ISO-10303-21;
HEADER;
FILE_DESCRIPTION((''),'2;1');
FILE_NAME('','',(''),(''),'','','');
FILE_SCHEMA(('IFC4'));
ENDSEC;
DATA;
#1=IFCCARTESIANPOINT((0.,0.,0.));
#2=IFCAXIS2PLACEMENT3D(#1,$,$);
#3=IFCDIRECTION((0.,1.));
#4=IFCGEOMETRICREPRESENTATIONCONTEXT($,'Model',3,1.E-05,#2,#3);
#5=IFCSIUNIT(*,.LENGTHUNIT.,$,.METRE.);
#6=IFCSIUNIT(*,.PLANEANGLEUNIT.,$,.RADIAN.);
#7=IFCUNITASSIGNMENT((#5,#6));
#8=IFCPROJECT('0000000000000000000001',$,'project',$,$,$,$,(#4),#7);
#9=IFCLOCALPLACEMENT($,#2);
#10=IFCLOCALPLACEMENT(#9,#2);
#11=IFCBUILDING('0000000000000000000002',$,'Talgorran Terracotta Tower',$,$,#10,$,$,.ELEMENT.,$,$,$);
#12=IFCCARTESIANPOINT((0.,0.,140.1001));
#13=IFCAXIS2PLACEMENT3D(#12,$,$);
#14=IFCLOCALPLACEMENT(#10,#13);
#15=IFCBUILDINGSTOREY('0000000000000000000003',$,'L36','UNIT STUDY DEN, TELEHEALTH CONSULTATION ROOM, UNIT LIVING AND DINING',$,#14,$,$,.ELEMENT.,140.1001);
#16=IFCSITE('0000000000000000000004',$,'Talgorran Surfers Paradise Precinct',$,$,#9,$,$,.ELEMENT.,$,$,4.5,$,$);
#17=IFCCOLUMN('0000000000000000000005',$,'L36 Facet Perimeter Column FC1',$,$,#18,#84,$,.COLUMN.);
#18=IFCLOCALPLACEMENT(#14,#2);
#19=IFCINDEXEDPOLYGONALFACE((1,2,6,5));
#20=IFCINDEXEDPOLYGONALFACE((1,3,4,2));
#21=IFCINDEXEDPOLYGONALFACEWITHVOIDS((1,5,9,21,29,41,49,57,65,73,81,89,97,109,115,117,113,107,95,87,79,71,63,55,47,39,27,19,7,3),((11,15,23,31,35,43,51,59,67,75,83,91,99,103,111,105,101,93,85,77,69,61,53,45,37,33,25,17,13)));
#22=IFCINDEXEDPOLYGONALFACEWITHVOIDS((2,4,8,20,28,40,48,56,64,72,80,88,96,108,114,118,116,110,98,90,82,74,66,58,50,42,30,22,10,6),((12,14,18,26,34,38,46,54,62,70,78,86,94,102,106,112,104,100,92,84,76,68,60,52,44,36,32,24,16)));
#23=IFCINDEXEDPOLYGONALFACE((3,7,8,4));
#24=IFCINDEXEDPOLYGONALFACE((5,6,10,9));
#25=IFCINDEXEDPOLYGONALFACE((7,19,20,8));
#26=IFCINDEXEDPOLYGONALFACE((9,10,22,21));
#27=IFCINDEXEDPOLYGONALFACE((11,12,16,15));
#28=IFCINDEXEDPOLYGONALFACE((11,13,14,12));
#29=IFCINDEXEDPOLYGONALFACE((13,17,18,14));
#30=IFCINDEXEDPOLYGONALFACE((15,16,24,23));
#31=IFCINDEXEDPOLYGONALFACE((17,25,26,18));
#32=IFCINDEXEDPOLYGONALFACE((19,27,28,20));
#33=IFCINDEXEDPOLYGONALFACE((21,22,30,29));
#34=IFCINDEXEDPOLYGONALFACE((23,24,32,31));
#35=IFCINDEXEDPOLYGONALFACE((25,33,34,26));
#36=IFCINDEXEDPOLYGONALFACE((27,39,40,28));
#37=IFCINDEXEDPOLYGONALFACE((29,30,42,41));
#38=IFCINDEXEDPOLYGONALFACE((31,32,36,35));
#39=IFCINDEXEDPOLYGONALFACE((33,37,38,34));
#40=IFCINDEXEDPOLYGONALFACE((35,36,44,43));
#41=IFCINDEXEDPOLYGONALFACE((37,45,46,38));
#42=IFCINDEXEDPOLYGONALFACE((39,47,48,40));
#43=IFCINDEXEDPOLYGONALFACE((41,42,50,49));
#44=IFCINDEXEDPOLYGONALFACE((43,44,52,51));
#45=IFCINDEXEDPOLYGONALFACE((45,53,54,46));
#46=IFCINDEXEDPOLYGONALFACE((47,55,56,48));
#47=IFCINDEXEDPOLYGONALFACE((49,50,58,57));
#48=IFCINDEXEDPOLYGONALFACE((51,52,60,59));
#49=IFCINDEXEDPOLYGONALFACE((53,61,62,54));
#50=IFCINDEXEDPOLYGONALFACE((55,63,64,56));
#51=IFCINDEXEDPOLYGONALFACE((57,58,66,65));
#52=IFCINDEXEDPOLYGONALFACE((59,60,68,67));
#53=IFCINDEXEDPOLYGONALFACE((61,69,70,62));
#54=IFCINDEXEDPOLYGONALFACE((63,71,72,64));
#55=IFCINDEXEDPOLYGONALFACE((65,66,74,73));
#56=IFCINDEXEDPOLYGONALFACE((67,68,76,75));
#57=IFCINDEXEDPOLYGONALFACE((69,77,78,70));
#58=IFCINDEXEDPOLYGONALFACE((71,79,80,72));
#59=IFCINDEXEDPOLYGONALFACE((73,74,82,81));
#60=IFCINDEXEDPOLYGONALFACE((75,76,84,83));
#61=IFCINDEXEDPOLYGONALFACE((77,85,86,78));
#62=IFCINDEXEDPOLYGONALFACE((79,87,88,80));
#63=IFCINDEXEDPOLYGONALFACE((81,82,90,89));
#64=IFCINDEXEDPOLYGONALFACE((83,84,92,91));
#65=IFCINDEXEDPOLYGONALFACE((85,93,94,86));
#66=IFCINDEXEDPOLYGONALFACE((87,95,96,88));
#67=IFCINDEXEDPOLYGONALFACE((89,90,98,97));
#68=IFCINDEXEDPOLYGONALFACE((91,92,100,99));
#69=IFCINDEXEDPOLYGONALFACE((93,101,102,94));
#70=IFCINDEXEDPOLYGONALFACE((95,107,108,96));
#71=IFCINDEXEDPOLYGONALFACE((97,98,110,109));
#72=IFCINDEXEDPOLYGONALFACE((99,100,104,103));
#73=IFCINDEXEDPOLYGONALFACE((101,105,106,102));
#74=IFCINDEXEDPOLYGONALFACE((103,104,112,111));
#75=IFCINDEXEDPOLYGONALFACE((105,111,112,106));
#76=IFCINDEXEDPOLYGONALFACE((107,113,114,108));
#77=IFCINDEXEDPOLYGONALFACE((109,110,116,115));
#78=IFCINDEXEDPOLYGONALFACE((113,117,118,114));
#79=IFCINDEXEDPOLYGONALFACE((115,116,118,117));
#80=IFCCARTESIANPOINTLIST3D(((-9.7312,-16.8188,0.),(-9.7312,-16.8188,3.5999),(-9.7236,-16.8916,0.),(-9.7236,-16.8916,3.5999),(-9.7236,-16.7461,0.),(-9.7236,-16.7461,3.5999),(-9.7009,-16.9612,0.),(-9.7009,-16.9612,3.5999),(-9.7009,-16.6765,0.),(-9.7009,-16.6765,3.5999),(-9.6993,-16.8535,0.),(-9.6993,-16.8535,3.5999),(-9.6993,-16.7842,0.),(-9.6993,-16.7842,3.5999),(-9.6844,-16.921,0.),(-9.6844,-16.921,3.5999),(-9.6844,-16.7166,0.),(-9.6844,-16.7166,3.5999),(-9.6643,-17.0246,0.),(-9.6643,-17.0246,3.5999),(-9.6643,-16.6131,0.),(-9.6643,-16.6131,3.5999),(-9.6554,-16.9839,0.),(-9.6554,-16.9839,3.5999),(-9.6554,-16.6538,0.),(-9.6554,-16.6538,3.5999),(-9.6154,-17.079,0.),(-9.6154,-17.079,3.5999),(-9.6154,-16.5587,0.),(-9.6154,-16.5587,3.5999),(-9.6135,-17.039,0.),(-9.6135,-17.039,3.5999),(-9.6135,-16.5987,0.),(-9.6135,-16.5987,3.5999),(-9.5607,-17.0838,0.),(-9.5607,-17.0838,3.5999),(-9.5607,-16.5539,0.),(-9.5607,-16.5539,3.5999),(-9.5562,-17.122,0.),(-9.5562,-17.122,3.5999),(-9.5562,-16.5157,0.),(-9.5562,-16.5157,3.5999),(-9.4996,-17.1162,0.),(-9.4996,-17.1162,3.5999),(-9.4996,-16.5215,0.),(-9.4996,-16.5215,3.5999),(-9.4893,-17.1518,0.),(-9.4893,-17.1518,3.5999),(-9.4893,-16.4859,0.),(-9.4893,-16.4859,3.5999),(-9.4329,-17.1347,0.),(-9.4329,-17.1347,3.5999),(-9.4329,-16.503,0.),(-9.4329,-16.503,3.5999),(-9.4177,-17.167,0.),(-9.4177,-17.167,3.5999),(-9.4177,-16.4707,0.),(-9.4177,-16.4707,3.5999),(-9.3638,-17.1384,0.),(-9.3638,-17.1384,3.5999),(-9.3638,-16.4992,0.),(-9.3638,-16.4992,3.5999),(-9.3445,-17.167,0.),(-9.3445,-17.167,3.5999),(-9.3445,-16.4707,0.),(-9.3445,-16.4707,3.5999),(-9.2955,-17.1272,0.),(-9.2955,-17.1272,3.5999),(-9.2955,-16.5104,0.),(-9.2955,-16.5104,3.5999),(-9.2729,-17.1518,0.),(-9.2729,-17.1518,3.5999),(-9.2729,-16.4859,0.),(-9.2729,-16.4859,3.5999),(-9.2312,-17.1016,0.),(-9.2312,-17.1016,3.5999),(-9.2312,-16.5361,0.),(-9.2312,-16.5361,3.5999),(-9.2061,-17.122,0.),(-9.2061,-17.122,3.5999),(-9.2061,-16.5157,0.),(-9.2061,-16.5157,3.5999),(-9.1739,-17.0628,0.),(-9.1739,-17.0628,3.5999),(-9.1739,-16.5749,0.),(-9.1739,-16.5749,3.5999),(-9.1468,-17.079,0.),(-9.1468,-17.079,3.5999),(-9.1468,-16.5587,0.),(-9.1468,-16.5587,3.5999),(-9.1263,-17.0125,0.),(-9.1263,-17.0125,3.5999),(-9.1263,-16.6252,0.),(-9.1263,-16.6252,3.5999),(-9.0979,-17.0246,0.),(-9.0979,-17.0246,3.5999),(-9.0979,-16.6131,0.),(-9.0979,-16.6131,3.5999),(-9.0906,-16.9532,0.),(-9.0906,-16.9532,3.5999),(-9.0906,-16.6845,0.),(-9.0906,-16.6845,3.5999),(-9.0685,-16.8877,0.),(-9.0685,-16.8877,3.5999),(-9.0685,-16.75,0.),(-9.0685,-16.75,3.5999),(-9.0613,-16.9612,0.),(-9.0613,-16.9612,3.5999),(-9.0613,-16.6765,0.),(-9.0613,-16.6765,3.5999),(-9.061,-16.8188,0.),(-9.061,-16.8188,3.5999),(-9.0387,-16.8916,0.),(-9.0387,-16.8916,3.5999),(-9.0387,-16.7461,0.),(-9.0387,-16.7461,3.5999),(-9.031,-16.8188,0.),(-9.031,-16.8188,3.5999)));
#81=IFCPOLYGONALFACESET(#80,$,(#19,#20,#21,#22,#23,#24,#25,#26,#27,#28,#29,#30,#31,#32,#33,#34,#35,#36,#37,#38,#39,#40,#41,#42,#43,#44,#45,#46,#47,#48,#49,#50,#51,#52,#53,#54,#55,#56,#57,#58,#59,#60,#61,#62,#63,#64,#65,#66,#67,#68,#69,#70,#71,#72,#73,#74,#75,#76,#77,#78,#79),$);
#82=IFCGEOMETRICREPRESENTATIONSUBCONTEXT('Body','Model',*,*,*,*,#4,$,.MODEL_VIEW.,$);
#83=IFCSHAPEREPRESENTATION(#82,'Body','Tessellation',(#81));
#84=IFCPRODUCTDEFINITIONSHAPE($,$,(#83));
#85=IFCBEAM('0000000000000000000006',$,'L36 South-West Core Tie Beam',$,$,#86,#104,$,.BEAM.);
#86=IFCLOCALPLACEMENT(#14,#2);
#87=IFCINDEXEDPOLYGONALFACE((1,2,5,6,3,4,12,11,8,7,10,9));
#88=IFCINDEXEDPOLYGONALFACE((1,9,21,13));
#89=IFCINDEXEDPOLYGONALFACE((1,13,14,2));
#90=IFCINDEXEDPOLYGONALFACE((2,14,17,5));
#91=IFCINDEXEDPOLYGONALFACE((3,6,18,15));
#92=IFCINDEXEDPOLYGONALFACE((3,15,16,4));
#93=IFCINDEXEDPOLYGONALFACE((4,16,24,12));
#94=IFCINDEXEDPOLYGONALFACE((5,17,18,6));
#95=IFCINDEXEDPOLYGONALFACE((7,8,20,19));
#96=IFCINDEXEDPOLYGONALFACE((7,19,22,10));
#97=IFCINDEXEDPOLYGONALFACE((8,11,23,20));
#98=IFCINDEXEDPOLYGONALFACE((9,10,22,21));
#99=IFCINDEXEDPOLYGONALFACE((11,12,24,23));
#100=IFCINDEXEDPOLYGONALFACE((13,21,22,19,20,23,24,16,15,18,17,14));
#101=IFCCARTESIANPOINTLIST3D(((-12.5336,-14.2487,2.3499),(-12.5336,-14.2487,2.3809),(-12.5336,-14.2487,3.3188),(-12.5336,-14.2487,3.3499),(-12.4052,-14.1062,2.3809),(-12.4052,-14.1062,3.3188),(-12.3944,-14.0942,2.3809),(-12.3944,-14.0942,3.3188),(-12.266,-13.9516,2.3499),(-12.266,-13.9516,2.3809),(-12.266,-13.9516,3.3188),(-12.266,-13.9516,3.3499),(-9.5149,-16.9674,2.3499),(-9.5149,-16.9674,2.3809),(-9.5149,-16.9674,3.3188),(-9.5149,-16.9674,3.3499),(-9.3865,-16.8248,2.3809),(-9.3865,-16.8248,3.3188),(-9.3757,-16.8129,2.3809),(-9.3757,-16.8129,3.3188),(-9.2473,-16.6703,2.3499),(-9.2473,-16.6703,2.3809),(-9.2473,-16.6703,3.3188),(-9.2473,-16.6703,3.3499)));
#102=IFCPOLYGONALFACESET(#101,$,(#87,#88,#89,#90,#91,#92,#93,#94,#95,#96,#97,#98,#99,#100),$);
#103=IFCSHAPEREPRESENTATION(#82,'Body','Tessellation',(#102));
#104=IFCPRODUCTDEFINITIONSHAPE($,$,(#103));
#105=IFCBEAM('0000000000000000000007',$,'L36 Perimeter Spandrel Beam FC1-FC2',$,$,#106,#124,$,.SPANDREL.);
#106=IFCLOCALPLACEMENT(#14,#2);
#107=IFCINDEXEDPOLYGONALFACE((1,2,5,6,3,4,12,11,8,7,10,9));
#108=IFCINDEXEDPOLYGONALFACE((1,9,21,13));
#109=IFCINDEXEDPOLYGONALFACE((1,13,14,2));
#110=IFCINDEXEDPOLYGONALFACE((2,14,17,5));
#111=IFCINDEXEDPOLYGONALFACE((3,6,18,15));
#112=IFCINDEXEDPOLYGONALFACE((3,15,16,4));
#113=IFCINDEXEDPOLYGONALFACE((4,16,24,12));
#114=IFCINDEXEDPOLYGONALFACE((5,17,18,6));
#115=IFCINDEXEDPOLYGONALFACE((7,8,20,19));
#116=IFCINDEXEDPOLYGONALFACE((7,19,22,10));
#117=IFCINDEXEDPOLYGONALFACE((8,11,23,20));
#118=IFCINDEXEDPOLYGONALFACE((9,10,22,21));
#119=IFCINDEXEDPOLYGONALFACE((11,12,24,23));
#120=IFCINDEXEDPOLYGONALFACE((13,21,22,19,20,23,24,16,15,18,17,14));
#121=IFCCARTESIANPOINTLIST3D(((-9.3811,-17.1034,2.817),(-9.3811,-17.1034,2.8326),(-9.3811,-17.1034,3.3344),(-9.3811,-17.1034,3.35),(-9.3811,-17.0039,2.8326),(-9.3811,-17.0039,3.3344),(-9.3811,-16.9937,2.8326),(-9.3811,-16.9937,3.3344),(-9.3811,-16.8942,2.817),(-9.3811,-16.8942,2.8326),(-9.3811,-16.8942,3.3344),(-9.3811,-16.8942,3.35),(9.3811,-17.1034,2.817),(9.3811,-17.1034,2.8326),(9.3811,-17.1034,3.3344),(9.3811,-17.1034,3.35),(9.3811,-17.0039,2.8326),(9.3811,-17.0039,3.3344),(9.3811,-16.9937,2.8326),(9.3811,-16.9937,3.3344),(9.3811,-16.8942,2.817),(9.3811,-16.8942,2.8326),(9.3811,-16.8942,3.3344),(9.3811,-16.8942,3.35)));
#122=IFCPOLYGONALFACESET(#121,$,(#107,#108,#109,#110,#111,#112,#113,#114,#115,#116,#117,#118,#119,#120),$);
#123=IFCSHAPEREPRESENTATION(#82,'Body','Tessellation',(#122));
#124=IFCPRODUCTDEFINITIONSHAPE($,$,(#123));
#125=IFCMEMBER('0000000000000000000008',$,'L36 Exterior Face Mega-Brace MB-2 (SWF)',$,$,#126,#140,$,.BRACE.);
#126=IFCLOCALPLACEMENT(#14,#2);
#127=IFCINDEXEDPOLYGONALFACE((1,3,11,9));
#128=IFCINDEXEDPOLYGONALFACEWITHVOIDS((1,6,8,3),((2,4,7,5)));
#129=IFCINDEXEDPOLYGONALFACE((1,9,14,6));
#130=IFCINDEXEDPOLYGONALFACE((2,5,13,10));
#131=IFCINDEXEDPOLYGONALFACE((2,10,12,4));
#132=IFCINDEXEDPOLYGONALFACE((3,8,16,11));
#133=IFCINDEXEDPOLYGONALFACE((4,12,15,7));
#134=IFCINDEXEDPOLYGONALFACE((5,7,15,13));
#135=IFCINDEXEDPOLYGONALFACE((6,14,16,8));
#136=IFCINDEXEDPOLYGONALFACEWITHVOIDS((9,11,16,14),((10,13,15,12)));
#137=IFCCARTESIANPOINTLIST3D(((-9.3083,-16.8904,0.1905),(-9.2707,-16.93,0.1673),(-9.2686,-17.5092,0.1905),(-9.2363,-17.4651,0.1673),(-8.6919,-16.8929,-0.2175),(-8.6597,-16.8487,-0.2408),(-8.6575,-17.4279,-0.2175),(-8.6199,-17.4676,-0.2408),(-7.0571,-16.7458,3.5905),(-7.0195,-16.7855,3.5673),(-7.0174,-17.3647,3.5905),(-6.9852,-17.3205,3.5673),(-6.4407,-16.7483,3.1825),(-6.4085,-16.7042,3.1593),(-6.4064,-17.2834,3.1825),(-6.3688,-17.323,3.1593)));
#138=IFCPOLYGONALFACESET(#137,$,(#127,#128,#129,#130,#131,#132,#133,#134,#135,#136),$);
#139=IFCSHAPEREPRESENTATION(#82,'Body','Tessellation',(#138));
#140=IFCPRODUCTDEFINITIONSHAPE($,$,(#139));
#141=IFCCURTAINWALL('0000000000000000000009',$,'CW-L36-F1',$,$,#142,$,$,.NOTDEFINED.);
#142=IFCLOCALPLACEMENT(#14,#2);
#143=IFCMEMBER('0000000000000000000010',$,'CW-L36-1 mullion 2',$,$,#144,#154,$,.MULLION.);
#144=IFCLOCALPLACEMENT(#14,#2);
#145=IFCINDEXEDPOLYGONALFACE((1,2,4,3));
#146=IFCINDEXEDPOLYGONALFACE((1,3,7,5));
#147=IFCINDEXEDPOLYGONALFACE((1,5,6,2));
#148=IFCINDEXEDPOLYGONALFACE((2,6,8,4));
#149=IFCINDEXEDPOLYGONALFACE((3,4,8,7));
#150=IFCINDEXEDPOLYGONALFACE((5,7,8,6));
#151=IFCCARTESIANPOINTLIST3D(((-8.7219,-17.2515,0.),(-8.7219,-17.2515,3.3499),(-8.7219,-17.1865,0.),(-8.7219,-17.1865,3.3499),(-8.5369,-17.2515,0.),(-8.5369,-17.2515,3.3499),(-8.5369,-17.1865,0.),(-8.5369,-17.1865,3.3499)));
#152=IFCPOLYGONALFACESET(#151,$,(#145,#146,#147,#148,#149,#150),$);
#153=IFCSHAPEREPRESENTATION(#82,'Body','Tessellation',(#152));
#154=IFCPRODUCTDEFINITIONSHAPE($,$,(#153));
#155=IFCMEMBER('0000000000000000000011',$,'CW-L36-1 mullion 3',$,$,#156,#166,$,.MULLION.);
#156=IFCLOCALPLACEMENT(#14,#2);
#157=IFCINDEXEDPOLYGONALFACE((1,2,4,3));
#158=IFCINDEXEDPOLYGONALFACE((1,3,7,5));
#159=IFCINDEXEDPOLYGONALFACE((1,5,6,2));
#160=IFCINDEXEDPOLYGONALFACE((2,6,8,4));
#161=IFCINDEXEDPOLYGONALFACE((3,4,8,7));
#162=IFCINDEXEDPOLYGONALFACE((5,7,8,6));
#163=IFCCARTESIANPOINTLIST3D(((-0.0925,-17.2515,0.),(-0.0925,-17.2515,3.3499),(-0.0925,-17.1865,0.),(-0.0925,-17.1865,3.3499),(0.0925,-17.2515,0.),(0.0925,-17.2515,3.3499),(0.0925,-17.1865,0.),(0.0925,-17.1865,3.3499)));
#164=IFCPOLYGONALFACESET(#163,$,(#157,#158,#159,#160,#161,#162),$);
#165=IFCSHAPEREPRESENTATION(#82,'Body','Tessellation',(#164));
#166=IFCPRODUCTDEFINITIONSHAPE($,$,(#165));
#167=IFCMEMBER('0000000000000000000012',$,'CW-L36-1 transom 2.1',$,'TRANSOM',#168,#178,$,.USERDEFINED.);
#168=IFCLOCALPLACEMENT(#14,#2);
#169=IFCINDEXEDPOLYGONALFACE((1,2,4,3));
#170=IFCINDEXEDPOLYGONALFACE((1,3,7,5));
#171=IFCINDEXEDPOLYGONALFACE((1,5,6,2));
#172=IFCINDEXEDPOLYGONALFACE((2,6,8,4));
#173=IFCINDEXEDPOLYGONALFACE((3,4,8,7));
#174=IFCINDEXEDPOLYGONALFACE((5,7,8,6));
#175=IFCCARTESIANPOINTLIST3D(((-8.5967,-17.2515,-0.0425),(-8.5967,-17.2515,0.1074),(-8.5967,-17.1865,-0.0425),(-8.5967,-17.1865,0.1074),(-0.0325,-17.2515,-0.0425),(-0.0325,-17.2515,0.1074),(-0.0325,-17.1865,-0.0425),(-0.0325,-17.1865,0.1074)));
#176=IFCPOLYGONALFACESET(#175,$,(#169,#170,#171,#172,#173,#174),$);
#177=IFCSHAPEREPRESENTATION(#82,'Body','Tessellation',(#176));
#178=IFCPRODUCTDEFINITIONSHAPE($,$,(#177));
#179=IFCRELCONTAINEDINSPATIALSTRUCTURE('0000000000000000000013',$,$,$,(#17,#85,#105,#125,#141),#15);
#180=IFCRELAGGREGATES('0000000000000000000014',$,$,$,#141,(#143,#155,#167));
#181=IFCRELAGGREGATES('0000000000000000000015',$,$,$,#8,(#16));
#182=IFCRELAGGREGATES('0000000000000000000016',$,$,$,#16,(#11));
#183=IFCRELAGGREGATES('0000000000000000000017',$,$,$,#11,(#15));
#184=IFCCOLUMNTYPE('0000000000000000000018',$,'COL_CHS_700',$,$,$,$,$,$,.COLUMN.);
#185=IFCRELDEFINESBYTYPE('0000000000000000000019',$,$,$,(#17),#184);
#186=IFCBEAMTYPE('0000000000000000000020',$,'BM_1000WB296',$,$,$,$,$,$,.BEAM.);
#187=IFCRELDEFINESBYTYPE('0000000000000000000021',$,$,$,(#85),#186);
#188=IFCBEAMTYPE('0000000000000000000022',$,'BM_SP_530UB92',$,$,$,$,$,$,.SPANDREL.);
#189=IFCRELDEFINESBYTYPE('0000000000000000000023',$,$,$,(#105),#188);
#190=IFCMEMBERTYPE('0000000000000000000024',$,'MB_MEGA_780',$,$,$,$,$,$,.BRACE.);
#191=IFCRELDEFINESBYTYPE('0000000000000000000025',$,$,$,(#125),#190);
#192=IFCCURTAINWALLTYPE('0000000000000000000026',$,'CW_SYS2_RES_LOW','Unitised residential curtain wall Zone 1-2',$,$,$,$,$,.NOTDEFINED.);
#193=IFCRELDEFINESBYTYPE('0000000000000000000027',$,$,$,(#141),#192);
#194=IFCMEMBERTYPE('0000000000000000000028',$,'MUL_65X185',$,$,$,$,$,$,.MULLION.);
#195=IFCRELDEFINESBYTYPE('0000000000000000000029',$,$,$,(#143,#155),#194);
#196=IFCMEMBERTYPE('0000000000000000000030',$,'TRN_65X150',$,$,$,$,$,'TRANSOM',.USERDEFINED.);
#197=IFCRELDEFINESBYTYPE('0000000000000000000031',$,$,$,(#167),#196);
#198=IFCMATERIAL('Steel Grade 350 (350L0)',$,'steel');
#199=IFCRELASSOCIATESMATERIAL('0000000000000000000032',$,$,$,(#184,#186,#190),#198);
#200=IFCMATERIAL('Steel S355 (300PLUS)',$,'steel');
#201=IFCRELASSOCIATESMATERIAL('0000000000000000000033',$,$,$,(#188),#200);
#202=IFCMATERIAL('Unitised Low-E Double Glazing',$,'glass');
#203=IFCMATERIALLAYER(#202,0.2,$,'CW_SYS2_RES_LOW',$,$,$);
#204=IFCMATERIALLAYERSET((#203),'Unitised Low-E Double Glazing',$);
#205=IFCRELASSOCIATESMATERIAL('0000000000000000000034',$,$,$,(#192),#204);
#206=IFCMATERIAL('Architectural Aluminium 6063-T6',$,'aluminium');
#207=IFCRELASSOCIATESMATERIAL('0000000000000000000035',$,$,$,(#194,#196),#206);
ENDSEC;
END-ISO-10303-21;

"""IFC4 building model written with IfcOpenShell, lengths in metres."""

from ifc_helpers import new_model, si_unit, direction, frame, origin, origin_2d, place, context, subcontext, project, spatial, rectangle, hollow_rectangle, hollow_circle, i_section, extrude, material, layer, layer_set, material_profile, profile_set, type_object, element, aggregate, save


model = new_model("IFC4")

# Units and contexts
model_context = context("Model", 3, precision=1e-05, world=origin(), true_north=direction((0.0, 1.0)))
body_context = subcontext(model_context, "Body", "Model", "MODEL_VIEW")
ifc_project = project(units=[si_unit("LENGTHUNIT", "METRE"), si_unit("PLANEANGLEUNIT", "RADIAN")], contexts=[model_context])

# Site, building, storey
site_placement = place(None, origin())
site = spatial("IfcSite", under=ifc_project, at=site_placement, Name="Talgorran Surfers Paradise Precinct", CompositionType="ELEMENT", RefElevation=4.5)
building_placement = place(site_placement, origin())
building = spatial("IfcBuilding", under=site, at=building_placement, Name="Talgorran Terracotta Tower", CompositionType="ELEMENT")
storey_placement = place(building_placement, frame((0.0, 0.0, 140.1001)))
storey = spatial("IfcBuildingStorey", under=building, at=storey_placement, Name="L36", Description="UNIT STUDY DEN, TELEHEALTH CONSULTATION ROOM, UNIT LIVING AND DINING", CompositionType="ELEMENT", Elevation=140.1001)

# Column
ifc_material_1 = material(Name="Steel Grade 350 (350L0)", Category="steel")
ifc_material_profile_1 = material_profile(ifc_material_1, hollow_circle(Radius=0.3501, WallThickness=0.03, at=origin_2d()), Name="CHS700X30")
ifc_profile_set_1 = profile_set([ifc_material_profile_1], Name="Steel Grade 350 (350L0)")
column_type = type_object("IfcColumnType", Name="COL_CHS_700", PredefinedType="COLUMN", material=ifc_profile_set_1)
column_placement = place(storey_placement, frame((-9.3811, -16.8188, 0.0), z_axis=(0.0, 0.0, 1.0), x_axis=(1.0, 0.0, 0.0)))
element("IfcColumn", 1, at=column_placement, inside=storey, type_object=column_type, Name="L36 Facet Perimeter Column FC1", PredefinedType="COLUMN", context=body_context, shape_type="SweptSolid", body=[
    extrude(hollow_circle(Radius=0.3501, WallThickness=0.03, at=origin_2d()), origin(), (0.0, 0.0, 1.0), 3.5999),
])

# Beams
ifc_material_profile_2 = material_profile(ifc_material_1, i_section(OverallWidth=0.3999, OverallDepth=1.0, WebThickness=0.0161, FlangeThickness=0.031, at=origin_2d()), Name="1000WB296")
ifc_profile_set_2 = profile_set([ifc_material_profile_2], Name="Steel Grade 350 (350L0)")
beam_type_1 = type_object("IfcBeamType", Name="BM_1000WB296", PredefinedType="BEAM", material=ifc_profile_set_2)
beam_1_placement = place(storey_placement, frame((-9.3811, -16.8188, 2.8499), z_axis=(-0.74307, 0.669214, 0.0), x_axis=(-0.669214, -0.74307, 0.0)))
element("IfcBeam", 2, at=beam_1_placement, inside=storey, type_object=beam_type_1, Name="L36 South-West Core Tie Beam", PredefinedType="BEAM", context=body_context, shape_type="SweptSolid", body=[
    extrude(i_section(OverallWidth=0.3999, OverallDepth=1.0, WebThickness=0.0161, FlangeThickness=0.031, at=origin_2d()), origin(), (0.0, 0.0, 1.0), 4.0625),
])
ifc_material_2 = material(Name="Steel S355 (300PLUS)", Category="steel")
ifc_material_profile_3 = material_profile(ifc_material_2, i_section(OverallWidth=0.2092, OverallDepth=0.533, WebThickness=0.0103, FlangeThickness=0.0156, at=origin_2d()), Name="530UB92.4")
ifc_profile_set_3 = profile_set([ifc_material_profile_3], Name="Steel S355 (300PLUS)")
beam_type_2 = type_object("IfcBeamType", Name="BM_SP_530UB92", PredefinedType="SPANDREL", material=ifc_profile_set_3)
beam_2_placement = place(storey_placement, frame((-9.3811, -16.9988, 3.0835), z_axis=(1.0, 0.0, 0.0), x_axis=(0.0, 1.0, 0.0)))
element("IfcBeam", 3, at=beam_2_placement, inside=storey, type_object=beam_type_2, Name="L36 Perimeter Spandrel Beam FC1-FC2", PredefinedType="SPANDREL", context=body_context, shape_type="SweptSolid", body=[
    extrude(i_section(OverallWidth=0.2092, OverallDepth=0.533, WebThickness=0.0103, FlangeThickness=0.0156, at=origin_2d()), origin(), (0.0, 0.0, 1.0), 18.7622),
])

# Member
ifc_material_profile_4 = material_profile(ifc_material_1, hollow_rectangle(XDim=0.6201, YDim=0.78, WallThickness=0.042, at=origin_2d()), Name="WBOX780X620X42")
ifc_profile_set_4 = profile_set([ifc_material_profile_4], Name="Steel Grade 350 (350L0)")
member_type_1 = type_object("IfcMemberType", Name="MB_MEGA_780", PredefinedType="BRACE", material=ifc_profile_set_4)
member_1_placement = place(storey_placement, frame((-8.9641, -17.179, -0.0251), z_axis=(0.551712, 0.035421, 0.833282), x_axis=(-0.064069, 0.997945, 0.0)))
element("IfcMember", 4, at=member_1_placement, inside=storey, type_object=member_type_1, Name="L36 Exterior Face Mega-Brace MB-2 (SWF)", PredefinedType="BRACE", context=body_context, shape_type="SweptSolid", body=[
    extrude(hollow_rectangle(XDim=0.6201, YDim=0.78, WallThickness=0.042, at=origin_2d()), origin(), (0.0, 0.0, 1.0), 4.0803),
])

# Curtain wall, members
ifc_material_3 = material(Name="Unitised Low-E Double Glazing", Category="glass")
ifc_layer_1 = layer(ifc_material_3, 0.2, Name="CW_SYS2_RES_LOW")
ifc_layer_set_1 = layer_set([ifc_layer_1], Name="Unitised Low-E Double Glazing")
curtain_wall_type = type_object("IfcCurtainWallType", Name="CW_SYS2_RES_LOW", Description="Unitised residential curtain wall Zone 1-2", PredefinedType="NOTDEFINED", material=ifc_layer_set_1)
curtain_wall_placement = place(storey_placement, origin())
curtain_wall = element("IfcCurtainWall", 5, at=curtain_wall_placement, inside=storey, type_object=curtain_wall_type, Name="CW-L36-F1", PredefinedType="NOTDEFINED")
ifc_material_4 = material(Name="Architectural Aluminium 6063-T6", Category="aluminium")
ifc_material_profile_5 = material_profile(ifc_material_4, rectangle(XDim=0.0649, YDim=0.1851, at=origin_2d()), Name="CWM65X185")
ifc_profile_set_5 = profile_set([ifc_material_profile_5], Name="Architectural Aluminium 6063-T6")
member_type_2 = type_object("IfcMemberType", Name="MUL_65X185", PredefinedType="MULLION", material=ifc_profile_set_5)
member_2_placement = place(storey_placement, frame((-8.6294, -17.219, 0.0), z_axis=(0.0, 0.0, 1.0), x_axis=(0.0, 1.0, 0.0)))
member_2 = element("IfcMember", 6, at=member_2_placement, type_object=member_type_2, Name="CW-L36-1 mullion 2", PredefinedType="MULLION", context=body_context, shape_type="SweptSolid", body=[
    extrude(rectangle(XDim=0.0649, YDim=0.1851, at=origin_2d()), origin(), (0.0, 0.0, 1.0), 3.3499),
])
member_3_placement = place(storey_placement, frame((0.0, -17.219, 0.0), z_axis=(0.0, 0.0, 1.0), x_axis=(0.0, 1.0, 0.0)))
member_3 = element("IfcMember", 7, at=member_3_placement, type_object=member_type_2, Name="CW-L36-1 mullion 3", PredefinedType="MULLION", context=body_context, shape_type="SweptSolid", body=[
    extrude(rectangle(XDim=0.0649, YDim=0.1851, at=origin_2d()), origin(), (0.0, 0.0, 1.0), 3.3499),
])
ifc_material_profile_6 = material_profile(ifc_material_4, rectangle(XDim=0.0649, YDim=0.1499, at=origin_2d()), Name="CWT65X150")
ifc_profile_set_6 = profile_set([ifc_material_profile_6], Name="Architectural Aluminium 6063-T6")
member_type_3 = type_object("IfcMemberType", Name="TRN_65X150", ElementType="TRANSOM", PredefinedType="USERDEFINED", material=ifc_profile_set_6)
member_4_placement = place(storey_placement, frame((-8.5967, -17.219, 0.0325), z_axis=(1.0, 0.0, 0.0), x_axis=(0.0, 1.0, 0.0)))
member_4 = element("IfcMember", 8, at=member_4_placement, type_object=member_type_3, Name="CW-L36-1 transom 2.1", ObjectType="TRANSOM", PredefinedType="USERDEFINED", context=body_context, shape_type="SweptSolid", body=[
    extrude(rectangle(XDim=0.0649, YDim=0.1499, at=origin_2d()), origin(), (0.0, 0.0, 1.0), 8.5642),
])

aggregate(curtain_wall, [member_2, member_3, member_4])

save(model, "model.ifc")
